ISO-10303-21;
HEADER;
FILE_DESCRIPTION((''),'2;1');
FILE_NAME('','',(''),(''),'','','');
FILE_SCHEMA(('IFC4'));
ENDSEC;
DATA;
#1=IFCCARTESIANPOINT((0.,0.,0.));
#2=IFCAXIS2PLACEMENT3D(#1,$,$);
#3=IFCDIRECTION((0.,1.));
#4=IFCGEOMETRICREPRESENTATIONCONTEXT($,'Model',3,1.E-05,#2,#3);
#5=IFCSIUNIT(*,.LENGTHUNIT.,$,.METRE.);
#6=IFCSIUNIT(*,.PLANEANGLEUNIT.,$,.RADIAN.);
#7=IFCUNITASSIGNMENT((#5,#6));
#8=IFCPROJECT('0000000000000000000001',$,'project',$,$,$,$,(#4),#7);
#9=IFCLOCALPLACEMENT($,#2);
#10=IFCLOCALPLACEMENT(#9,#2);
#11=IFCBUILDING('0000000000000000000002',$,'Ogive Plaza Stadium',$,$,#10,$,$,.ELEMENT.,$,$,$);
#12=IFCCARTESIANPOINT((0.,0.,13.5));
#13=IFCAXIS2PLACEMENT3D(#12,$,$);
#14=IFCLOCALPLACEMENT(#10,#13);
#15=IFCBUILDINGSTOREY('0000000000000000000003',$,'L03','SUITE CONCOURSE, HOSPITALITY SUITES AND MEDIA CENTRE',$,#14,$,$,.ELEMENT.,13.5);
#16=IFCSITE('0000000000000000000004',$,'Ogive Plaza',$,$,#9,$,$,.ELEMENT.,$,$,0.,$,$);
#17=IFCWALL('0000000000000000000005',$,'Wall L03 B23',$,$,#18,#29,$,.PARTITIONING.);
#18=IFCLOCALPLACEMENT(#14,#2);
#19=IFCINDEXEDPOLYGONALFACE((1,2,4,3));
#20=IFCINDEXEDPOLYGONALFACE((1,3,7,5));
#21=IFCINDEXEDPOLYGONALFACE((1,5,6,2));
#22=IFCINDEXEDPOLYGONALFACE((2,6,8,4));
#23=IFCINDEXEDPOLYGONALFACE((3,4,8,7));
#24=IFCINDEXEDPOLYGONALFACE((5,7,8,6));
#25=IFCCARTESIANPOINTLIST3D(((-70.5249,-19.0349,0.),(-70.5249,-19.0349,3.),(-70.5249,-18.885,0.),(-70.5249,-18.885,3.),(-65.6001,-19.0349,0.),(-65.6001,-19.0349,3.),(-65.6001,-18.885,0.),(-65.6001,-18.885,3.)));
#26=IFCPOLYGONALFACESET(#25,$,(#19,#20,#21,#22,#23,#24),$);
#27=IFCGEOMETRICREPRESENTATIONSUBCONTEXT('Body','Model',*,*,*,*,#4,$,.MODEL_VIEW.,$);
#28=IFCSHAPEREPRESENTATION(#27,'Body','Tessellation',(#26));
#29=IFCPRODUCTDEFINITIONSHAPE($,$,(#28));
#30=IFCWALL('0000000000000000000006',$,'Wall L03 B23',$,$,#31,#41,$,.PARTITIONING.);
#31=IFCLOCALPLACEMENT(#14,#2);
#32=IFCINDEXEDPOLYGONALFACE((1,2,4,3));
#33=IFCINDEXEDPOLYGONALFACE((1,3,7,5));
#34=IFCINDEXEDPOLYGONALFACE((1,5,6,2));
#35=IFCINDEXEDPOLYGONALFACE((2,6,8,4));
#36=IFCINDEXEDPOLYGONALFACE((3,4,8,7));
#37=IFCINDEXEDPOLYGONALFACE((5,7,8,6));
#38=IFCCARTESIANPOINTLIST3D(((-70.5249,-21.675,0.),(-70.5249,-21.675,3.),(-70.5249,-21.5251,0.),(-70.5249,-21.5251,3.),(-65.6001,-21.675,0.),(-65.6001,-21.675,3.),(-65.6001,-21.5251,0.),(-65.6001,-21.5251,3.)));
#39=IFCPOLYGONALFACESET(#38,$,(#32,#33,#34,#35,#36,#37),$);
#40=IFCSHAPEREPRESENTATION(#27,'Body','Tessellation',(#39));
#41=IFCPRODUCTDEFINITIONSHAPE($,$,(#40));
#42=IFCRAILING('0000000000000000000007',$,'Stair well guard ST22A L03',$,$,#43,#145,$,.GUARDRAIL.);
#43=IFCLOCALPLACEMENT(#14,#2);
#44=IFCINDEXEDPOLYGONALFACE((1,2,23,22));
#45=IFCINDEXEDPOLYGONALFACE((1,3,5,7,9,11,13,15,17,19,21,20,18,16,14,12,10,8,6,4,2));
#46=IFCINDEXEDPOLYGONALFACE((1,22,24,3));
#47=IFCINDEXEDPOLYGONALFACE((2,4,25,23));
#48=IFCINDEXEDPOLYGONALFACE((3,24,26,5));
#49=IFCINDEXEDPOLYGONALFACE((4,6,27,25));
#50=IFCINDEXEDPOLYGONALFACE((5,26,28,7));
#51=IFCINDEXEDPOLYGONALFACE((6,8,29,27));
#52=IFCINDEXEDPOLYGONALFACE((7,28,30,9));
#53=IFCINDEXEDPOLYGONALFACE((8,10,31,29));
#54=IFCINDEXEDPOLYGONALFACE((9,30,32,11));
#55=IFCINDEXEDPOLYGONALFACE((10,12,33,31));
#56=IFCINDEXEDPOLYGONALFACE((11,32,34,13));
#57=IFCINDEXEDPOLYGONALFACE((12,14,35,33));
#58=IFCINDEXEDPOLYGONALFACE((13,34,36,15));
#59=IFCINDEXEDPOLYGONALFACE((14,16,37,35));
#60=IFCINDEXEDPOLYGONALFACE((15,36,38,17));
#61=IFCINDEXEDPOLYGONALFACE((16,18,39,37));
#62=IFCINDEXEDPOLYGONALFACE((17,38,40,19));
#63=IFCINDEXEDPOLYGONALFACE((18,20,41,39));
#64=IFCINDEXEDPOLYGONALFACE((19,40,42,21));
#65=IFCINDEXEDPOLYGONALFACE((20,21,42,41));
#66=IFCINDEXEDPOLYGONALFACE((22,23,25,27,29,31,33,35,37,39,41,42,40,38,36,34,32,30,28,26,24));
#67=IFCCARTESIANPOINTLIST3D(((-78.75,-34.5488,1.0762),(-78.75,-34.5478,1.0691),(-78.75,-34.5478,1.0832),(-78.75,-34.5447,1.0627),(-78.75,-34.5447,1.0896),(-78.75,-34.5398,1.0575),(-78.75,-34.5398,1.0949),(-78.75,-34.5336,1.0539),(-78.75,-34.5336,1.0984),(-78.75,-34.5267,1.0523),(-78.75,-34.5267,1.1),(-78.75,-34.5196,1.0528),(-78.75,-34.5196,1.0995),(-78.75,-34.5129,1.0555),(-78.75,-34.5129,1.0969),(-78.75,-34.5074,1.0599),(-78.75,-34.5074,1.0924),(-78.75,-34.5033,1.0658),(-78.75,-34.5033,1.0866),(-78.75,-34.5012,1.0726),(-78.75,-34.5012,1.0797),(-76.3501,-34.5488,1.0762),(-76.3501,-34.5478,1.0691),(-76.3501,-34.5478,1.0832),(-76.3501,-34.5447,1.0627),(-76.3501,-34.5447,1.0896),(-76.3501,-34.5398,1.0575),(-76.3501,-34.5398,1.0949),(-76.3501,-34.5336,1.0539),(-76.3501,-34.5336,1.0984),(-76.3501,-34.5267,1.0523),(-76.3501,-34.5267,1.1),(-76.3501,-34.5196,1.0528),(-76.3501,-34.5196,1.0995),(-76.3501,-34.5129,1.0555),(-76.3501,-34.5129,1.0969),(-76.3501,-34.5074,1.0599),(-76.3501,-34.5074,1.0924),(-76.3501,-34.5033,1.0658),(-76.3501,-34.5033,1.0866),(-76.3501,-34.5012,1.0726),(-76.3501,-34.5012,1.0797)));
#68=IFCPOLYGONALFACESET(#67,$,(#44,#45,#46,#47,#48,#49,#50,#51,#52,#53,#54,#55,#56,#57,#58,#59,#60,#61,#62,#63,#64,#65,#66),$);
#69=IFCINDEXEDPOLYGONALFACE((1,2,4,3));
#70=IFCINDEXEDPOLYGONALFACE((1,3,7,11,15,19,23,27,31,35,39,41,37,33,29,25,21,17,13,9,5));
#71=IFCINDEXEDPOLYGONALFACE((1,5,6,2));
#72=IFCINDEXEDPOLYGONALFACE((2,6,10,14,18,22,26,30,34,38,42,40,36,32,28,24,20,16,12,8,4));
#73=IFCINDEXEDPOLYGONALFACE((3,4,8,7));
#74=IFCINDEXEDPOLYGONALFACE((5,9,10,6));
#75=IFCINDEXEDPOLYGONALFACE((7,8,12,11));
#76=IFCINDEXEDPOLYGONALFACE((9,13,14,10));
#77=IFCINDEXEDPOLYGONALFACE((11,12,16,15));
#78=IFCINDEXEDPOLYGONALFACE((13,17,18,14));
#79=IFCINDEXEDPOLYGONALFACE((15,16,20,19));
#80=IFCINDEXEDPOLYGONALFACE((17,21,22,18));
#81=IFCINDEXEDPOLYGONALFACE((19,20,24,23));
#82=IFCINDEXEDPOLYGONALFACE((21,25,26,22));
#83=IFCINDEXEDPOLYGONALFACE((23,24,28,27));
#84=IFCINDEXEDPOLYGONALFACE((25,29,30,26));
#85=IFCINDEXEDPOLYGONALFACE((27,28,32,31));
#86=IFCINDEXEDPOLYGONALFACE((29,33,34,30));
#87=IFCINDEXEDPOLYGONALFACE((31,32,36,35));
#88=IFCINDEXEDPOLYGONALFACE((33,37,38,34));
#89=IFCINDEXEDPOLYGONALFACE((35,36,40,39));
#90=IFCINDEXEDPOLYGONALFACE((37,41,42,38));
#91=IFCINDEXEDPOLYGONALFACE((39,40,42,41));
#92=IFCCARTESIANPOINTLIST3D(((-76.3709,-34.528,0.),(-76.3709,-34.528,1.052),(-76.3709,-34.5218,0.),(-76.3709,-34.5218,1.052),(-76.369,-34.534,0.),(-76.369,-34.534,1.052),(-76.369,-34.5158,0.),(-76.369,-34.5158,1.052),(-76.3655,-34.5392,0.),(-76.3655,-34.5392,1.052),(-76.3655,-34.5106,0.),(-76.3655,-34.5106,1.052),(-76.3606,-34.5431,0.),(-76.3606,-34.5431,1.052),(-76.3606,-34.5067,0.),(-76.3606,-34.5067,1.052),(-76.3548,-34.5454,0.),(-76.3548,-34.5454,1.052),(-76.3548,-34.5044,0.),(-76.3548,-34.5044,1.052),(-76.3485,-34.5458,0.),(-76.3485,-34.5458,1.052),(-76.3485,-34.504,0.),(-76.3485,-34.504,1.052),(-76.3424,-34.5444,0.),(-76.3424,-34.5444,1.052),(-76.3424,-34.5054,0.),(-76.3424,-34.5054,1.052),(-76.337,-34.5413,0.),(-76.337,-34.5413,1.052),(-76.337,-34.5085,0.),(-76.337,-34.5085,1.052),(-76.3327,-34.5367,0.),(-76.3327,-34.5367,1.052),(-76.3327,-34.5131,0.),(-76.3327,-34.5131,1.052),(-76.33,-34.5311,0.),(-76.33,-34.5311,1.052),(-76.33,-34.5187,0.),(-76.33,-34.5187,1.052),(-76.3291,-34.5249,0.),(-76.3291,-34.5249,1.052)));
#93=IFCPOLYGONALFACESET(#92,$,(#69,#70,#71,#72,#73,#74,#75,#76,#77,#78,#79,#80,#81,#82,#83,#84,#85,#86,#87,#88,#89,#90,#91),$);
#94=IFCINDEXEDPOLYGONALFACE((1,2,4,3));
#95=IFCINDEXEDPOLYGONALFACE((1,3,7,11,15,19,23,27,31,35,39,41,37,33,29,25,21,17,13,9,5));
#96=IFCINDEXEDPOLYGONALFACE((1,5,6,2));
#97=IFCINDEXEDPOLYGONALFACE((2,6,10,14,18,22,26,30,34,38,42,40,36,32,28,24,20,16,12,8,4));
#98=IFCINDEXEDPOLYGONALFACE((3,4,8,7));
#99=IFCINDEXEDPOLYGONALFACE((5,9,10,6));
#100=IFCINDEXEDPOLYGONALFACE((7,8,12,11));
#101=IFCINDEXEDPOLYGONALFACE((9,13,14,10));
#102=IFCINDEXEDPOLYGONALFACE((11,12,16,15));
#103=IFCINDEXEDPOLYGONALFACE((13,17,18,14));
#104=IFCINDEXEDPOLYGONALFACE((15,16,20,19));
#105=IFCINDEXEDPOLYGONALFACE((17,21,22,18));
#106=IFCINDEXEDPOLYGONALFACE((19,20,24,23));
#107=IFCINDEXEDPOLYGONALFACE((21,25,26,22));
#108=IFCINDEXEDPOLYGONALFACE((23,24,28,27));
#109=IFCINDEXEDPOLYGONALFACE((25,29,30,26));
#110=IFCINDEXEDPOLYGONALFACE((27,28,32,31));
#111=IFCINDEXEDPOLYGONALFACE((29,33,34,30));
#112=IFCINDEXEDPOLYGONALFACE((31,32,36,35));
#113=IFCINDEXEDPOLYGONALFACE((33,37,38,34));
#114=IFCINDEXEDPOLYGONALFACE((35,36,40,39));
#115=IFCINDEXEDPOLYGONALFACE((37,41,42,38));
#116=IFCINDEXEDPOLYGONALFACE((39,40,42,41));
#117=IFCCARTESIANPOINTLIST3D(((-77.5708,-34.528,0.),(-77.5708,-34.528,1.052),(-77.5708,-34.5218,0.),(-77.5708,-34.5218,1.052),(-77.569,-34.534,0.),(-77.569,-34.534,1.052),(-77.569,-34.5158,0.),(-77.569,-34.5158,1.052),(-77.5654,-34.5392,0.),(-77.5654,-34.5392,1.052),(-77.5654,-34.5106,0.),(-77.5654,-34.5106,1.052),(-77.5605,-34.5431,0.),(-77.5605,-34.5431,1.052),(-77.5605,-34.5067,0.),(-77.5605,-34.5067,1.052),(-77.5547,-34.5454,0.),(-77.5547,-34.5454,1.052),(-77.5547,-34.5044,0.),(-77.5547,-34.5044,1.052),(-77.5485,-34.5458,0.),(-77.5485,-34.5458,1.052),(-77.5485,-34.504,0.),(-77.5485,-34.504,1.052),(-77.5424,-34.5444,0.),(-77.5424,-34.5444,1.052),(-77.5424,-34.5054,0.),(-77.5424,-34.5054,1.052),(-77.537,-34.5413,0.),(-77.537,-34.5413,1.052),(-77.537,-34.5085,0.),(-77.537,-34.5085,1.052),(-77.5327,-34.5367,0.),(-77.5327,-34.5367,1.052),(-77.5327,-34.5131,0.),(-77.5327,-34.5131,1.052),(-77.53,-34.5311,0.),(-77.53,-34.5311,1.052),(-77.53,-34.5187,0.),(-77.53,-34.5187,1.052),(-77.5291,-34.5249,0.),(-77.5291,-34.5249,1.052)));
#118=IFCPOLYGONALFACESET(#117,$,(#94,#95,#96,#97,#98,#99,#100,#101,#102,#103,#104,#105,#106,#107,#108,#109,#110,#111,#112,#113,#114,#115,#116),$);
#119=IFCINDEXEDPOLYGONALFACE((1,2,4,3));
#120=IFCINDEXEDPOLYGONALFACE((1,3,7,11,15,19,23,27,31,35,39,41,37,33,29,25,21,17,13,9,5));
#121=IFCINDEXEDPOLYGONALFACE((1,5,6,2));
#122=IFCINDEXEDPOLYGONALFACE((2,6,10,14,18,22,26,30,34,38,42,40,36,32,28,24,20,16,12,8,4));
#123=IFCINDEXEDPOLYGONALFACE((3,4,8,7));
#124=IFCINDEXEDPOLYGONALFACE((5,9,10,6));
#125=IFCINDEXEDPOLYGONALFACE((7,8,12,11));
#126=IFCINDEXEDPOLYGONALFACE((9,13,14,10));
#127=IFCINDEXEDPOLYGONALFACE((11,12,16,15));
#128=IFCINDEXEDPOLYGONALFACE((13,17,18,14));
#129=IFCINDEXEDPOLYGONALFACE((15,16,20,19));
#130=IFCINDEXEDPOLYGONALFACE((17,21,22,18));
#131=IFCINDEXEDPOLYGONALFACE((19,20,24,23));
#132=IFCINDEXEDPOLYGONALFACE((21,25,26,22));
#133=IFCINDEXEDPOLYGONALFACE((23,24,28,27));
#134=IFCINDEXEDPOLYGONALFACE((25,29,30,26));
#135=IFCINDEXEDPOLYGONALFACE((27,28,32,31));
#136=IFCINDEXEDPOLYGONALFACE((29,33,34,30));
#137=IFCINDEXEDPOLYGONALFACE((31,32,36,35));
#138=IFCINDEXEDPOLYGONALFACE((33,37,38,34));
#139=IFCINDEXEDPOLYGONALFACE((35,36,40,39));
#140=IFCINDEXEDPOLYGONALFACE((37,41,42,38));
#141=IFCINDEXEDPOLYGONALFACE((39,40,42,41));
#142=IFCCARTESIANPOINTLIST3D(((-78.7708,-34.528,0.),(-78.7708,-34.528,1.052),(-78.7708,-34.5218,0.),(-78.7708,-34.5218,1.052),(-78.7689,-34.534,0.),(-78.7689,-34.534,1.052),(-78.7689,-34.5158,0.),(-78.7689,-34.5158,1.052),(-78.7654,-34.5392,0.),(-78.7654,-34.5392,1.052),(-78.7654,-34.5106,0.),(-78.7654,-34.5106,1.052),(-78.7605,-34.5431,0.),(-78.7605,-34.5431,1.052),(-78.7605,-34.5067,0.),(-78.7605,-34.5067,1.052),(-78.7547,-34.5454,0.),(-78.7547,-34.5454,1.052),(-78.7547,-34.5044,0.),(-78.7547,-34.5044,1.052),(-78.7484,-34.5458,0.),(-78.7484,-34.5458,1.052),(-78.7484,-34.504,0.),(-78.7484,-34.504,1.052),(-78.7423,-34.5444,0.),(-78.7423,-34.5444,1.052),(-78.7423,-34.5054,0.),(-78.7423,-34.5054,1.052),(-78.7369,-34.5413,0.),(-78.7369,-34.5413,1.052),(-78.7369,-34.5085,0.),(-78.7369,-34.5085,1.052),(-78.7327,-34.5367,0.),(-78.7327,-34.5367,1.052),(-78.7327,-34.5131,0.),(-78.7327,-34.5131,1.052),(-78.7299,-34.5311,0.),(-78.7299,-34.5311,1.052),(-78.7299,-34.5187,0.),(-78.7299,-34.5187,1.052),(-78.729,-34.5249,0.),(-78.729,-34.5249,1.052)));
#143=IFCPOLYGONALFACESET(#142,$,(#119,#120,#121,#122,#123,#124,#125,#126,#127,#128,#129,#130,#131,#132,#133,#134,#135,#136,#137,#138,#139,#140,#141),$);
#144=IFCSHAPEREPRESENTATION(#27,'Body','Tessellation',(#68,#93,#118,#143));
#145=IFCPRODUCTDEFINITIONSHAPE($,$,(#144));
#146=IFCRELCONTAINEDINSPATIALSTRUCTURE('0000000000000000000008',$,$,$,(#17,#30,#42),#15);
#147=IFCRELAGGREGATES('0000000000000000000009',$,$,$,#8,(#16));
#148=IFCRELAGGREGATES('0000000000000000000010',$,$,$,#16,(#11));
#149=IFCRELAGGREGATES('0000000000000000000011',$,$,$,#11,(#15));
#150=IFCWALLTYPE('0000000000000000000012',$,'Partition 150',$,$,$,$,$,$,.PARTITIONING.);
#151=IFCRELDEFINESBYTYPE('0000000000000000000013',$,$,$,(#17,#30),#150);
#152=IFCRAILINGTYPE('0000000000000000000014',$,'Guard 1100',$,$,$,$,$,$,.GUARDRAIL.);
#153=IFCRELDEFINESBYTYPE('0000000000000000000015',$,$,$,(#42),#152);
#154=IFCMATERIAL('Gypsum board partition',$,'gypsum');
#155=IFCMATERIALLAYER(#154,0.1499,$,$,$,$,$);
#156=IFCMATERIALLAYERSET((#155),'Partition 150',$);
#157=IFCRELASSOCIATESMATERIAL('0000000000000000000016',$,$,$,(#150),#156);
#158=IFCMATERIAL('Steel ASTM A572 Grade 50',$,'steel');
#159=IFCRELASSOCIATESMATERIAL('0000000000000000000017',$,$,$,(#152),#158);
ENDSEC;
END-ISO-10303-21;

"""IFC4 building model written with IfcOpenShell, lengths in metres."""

from ifc_helpers import new_model, si_unit, direction, frame, frame_2d, origin, origin_2d, place, context, subcontext, project, spatial, rectangle, circle, extrude, material, layer, layer_set, type_object, element, save


model = new_model("IFC4")

# Units and contexts
model_context = context("Model", 3, precision=1e-05, world=origin(), true_north=direction((0.0, 1.0)))
body_context = subcontext(model_context, "Body", "Model", "MODEL_VIEW")
ifc_project = project(units=[si_unit("LENGTHUNIT", "METRE"), si_unit("PLANEANGLEUNIT", "RADIAN")], contexts=[model_context])

# Site, building, storey
site_placement = place(None, origin())
site = spatial("IfcSite", under=ifc_project, at=site_placement, Name="Ogive Plaza", CompositionType="ELEMENT", RefElevation=0.0)
building_placement = place(site_placement, origin())
building = spatial("IfcBuilding", under=site, at=building_placement, Name="Ogive Plaza Stadium", CompositionType="ELEMENT")
storey_placement = place(building_placement, frame((0.0, 0.0, 13.5)))
storey = spatial("IfcBuildingStorey", under=building, at=storey_placement, Name="L03", Description="SUITE CONCOURSE, HOSPITALITY SUITES AND MEDIA CENTRE", CompositionType="ELEMENT", Elevation=13.5)

# Shared definitions
ifc_material_1 = material(Name="Gypsum board partition", Category="gypsum")
ifc_layer_1 = layer(ifc_material_1, 0.1499)
ifc_layer_set_1 = layer_set([ifc_layer_1], Name="Partition 150")
wall_type_1 = type_object("IfcWallType", Name="Partition 150", PredefinedType="PARTITIONING", material=ifc_layer_set_1)

# Walls
for number, where, z_axis, x_axis, name in (
    (1, (-65.6001, -18.96, 0.0), (0.0, 0.0, 1.0), (-1.0, 0.0, 0.0), "Wall L03 B23"),
    (2, (-65.6001, -21.6001, 0.0), (0.0, 0.0, 1.0), (-1.0, 0.0, 0.0), "Wall L03 B23"),
):
    element("IfcWall", number, at=place(storey_placement, frame(where, z_axis=z_axis, x_axis=x_axis)), inside=storey, type_object=wall_type_1, Name=name, PredefinedType="PARTITIONING", context=body_context, shape_type="SweptSolid", body=[
        extrude(rectangle(XDim=4.9248, YDim=0.1499, at=frame_2d((2.4624, 0.0))), origin(), (0.0, 0.0, 1.0), 3.0),
    ])

# Railing
ifc_material_2 = material(Name="Steel ASTM A572 Grade 50", Category="steel")
railing_type_1 = type_object("IfcRailingType", Name="Guard 1100", PredefinedType="GUARDRAIL", material=ifc_material_2)
for number, where, name in (
    (3, (-76.3501, -34.5249, 0.0), "Stair well guard ST22A L03"),
):
    element("IfcRailing", number, at=place(storey_placement, frame(where)), inside=storey, type_object=railing_type_1, Name=name, PredefinedType="GUARDRAIL", context=body_context, shape_type="SweptSolid", body=[
        extrude(circle(Radius=0.0239, at=origin_2d()), frame((0.0, 0.0, 1.0762), z_axis=(-1.0, 0.0, 0.0), x_axis=(0.0, -1.0, 0.0)), (0.0, 0.0, 1.0), 2.3999),
        extrude(circle(Radius=0.021, at=origin_2d()), origin(), (0.0, 0.0, 1.0), 1.052),
        extrude(circle(Radius=0.021, at=origin_2d()), frame((-1.2, 0.0, 0.0)), (0.0, 0.0, 1.0), 1.052),
        extrude(circle(Radius=0.021, at=origin_2d()), frame((-2.3999, 0.0, 0.0)), (0.0, 0.0, 1.0), 1.052),
    ])

save(model, "model.ifc")
